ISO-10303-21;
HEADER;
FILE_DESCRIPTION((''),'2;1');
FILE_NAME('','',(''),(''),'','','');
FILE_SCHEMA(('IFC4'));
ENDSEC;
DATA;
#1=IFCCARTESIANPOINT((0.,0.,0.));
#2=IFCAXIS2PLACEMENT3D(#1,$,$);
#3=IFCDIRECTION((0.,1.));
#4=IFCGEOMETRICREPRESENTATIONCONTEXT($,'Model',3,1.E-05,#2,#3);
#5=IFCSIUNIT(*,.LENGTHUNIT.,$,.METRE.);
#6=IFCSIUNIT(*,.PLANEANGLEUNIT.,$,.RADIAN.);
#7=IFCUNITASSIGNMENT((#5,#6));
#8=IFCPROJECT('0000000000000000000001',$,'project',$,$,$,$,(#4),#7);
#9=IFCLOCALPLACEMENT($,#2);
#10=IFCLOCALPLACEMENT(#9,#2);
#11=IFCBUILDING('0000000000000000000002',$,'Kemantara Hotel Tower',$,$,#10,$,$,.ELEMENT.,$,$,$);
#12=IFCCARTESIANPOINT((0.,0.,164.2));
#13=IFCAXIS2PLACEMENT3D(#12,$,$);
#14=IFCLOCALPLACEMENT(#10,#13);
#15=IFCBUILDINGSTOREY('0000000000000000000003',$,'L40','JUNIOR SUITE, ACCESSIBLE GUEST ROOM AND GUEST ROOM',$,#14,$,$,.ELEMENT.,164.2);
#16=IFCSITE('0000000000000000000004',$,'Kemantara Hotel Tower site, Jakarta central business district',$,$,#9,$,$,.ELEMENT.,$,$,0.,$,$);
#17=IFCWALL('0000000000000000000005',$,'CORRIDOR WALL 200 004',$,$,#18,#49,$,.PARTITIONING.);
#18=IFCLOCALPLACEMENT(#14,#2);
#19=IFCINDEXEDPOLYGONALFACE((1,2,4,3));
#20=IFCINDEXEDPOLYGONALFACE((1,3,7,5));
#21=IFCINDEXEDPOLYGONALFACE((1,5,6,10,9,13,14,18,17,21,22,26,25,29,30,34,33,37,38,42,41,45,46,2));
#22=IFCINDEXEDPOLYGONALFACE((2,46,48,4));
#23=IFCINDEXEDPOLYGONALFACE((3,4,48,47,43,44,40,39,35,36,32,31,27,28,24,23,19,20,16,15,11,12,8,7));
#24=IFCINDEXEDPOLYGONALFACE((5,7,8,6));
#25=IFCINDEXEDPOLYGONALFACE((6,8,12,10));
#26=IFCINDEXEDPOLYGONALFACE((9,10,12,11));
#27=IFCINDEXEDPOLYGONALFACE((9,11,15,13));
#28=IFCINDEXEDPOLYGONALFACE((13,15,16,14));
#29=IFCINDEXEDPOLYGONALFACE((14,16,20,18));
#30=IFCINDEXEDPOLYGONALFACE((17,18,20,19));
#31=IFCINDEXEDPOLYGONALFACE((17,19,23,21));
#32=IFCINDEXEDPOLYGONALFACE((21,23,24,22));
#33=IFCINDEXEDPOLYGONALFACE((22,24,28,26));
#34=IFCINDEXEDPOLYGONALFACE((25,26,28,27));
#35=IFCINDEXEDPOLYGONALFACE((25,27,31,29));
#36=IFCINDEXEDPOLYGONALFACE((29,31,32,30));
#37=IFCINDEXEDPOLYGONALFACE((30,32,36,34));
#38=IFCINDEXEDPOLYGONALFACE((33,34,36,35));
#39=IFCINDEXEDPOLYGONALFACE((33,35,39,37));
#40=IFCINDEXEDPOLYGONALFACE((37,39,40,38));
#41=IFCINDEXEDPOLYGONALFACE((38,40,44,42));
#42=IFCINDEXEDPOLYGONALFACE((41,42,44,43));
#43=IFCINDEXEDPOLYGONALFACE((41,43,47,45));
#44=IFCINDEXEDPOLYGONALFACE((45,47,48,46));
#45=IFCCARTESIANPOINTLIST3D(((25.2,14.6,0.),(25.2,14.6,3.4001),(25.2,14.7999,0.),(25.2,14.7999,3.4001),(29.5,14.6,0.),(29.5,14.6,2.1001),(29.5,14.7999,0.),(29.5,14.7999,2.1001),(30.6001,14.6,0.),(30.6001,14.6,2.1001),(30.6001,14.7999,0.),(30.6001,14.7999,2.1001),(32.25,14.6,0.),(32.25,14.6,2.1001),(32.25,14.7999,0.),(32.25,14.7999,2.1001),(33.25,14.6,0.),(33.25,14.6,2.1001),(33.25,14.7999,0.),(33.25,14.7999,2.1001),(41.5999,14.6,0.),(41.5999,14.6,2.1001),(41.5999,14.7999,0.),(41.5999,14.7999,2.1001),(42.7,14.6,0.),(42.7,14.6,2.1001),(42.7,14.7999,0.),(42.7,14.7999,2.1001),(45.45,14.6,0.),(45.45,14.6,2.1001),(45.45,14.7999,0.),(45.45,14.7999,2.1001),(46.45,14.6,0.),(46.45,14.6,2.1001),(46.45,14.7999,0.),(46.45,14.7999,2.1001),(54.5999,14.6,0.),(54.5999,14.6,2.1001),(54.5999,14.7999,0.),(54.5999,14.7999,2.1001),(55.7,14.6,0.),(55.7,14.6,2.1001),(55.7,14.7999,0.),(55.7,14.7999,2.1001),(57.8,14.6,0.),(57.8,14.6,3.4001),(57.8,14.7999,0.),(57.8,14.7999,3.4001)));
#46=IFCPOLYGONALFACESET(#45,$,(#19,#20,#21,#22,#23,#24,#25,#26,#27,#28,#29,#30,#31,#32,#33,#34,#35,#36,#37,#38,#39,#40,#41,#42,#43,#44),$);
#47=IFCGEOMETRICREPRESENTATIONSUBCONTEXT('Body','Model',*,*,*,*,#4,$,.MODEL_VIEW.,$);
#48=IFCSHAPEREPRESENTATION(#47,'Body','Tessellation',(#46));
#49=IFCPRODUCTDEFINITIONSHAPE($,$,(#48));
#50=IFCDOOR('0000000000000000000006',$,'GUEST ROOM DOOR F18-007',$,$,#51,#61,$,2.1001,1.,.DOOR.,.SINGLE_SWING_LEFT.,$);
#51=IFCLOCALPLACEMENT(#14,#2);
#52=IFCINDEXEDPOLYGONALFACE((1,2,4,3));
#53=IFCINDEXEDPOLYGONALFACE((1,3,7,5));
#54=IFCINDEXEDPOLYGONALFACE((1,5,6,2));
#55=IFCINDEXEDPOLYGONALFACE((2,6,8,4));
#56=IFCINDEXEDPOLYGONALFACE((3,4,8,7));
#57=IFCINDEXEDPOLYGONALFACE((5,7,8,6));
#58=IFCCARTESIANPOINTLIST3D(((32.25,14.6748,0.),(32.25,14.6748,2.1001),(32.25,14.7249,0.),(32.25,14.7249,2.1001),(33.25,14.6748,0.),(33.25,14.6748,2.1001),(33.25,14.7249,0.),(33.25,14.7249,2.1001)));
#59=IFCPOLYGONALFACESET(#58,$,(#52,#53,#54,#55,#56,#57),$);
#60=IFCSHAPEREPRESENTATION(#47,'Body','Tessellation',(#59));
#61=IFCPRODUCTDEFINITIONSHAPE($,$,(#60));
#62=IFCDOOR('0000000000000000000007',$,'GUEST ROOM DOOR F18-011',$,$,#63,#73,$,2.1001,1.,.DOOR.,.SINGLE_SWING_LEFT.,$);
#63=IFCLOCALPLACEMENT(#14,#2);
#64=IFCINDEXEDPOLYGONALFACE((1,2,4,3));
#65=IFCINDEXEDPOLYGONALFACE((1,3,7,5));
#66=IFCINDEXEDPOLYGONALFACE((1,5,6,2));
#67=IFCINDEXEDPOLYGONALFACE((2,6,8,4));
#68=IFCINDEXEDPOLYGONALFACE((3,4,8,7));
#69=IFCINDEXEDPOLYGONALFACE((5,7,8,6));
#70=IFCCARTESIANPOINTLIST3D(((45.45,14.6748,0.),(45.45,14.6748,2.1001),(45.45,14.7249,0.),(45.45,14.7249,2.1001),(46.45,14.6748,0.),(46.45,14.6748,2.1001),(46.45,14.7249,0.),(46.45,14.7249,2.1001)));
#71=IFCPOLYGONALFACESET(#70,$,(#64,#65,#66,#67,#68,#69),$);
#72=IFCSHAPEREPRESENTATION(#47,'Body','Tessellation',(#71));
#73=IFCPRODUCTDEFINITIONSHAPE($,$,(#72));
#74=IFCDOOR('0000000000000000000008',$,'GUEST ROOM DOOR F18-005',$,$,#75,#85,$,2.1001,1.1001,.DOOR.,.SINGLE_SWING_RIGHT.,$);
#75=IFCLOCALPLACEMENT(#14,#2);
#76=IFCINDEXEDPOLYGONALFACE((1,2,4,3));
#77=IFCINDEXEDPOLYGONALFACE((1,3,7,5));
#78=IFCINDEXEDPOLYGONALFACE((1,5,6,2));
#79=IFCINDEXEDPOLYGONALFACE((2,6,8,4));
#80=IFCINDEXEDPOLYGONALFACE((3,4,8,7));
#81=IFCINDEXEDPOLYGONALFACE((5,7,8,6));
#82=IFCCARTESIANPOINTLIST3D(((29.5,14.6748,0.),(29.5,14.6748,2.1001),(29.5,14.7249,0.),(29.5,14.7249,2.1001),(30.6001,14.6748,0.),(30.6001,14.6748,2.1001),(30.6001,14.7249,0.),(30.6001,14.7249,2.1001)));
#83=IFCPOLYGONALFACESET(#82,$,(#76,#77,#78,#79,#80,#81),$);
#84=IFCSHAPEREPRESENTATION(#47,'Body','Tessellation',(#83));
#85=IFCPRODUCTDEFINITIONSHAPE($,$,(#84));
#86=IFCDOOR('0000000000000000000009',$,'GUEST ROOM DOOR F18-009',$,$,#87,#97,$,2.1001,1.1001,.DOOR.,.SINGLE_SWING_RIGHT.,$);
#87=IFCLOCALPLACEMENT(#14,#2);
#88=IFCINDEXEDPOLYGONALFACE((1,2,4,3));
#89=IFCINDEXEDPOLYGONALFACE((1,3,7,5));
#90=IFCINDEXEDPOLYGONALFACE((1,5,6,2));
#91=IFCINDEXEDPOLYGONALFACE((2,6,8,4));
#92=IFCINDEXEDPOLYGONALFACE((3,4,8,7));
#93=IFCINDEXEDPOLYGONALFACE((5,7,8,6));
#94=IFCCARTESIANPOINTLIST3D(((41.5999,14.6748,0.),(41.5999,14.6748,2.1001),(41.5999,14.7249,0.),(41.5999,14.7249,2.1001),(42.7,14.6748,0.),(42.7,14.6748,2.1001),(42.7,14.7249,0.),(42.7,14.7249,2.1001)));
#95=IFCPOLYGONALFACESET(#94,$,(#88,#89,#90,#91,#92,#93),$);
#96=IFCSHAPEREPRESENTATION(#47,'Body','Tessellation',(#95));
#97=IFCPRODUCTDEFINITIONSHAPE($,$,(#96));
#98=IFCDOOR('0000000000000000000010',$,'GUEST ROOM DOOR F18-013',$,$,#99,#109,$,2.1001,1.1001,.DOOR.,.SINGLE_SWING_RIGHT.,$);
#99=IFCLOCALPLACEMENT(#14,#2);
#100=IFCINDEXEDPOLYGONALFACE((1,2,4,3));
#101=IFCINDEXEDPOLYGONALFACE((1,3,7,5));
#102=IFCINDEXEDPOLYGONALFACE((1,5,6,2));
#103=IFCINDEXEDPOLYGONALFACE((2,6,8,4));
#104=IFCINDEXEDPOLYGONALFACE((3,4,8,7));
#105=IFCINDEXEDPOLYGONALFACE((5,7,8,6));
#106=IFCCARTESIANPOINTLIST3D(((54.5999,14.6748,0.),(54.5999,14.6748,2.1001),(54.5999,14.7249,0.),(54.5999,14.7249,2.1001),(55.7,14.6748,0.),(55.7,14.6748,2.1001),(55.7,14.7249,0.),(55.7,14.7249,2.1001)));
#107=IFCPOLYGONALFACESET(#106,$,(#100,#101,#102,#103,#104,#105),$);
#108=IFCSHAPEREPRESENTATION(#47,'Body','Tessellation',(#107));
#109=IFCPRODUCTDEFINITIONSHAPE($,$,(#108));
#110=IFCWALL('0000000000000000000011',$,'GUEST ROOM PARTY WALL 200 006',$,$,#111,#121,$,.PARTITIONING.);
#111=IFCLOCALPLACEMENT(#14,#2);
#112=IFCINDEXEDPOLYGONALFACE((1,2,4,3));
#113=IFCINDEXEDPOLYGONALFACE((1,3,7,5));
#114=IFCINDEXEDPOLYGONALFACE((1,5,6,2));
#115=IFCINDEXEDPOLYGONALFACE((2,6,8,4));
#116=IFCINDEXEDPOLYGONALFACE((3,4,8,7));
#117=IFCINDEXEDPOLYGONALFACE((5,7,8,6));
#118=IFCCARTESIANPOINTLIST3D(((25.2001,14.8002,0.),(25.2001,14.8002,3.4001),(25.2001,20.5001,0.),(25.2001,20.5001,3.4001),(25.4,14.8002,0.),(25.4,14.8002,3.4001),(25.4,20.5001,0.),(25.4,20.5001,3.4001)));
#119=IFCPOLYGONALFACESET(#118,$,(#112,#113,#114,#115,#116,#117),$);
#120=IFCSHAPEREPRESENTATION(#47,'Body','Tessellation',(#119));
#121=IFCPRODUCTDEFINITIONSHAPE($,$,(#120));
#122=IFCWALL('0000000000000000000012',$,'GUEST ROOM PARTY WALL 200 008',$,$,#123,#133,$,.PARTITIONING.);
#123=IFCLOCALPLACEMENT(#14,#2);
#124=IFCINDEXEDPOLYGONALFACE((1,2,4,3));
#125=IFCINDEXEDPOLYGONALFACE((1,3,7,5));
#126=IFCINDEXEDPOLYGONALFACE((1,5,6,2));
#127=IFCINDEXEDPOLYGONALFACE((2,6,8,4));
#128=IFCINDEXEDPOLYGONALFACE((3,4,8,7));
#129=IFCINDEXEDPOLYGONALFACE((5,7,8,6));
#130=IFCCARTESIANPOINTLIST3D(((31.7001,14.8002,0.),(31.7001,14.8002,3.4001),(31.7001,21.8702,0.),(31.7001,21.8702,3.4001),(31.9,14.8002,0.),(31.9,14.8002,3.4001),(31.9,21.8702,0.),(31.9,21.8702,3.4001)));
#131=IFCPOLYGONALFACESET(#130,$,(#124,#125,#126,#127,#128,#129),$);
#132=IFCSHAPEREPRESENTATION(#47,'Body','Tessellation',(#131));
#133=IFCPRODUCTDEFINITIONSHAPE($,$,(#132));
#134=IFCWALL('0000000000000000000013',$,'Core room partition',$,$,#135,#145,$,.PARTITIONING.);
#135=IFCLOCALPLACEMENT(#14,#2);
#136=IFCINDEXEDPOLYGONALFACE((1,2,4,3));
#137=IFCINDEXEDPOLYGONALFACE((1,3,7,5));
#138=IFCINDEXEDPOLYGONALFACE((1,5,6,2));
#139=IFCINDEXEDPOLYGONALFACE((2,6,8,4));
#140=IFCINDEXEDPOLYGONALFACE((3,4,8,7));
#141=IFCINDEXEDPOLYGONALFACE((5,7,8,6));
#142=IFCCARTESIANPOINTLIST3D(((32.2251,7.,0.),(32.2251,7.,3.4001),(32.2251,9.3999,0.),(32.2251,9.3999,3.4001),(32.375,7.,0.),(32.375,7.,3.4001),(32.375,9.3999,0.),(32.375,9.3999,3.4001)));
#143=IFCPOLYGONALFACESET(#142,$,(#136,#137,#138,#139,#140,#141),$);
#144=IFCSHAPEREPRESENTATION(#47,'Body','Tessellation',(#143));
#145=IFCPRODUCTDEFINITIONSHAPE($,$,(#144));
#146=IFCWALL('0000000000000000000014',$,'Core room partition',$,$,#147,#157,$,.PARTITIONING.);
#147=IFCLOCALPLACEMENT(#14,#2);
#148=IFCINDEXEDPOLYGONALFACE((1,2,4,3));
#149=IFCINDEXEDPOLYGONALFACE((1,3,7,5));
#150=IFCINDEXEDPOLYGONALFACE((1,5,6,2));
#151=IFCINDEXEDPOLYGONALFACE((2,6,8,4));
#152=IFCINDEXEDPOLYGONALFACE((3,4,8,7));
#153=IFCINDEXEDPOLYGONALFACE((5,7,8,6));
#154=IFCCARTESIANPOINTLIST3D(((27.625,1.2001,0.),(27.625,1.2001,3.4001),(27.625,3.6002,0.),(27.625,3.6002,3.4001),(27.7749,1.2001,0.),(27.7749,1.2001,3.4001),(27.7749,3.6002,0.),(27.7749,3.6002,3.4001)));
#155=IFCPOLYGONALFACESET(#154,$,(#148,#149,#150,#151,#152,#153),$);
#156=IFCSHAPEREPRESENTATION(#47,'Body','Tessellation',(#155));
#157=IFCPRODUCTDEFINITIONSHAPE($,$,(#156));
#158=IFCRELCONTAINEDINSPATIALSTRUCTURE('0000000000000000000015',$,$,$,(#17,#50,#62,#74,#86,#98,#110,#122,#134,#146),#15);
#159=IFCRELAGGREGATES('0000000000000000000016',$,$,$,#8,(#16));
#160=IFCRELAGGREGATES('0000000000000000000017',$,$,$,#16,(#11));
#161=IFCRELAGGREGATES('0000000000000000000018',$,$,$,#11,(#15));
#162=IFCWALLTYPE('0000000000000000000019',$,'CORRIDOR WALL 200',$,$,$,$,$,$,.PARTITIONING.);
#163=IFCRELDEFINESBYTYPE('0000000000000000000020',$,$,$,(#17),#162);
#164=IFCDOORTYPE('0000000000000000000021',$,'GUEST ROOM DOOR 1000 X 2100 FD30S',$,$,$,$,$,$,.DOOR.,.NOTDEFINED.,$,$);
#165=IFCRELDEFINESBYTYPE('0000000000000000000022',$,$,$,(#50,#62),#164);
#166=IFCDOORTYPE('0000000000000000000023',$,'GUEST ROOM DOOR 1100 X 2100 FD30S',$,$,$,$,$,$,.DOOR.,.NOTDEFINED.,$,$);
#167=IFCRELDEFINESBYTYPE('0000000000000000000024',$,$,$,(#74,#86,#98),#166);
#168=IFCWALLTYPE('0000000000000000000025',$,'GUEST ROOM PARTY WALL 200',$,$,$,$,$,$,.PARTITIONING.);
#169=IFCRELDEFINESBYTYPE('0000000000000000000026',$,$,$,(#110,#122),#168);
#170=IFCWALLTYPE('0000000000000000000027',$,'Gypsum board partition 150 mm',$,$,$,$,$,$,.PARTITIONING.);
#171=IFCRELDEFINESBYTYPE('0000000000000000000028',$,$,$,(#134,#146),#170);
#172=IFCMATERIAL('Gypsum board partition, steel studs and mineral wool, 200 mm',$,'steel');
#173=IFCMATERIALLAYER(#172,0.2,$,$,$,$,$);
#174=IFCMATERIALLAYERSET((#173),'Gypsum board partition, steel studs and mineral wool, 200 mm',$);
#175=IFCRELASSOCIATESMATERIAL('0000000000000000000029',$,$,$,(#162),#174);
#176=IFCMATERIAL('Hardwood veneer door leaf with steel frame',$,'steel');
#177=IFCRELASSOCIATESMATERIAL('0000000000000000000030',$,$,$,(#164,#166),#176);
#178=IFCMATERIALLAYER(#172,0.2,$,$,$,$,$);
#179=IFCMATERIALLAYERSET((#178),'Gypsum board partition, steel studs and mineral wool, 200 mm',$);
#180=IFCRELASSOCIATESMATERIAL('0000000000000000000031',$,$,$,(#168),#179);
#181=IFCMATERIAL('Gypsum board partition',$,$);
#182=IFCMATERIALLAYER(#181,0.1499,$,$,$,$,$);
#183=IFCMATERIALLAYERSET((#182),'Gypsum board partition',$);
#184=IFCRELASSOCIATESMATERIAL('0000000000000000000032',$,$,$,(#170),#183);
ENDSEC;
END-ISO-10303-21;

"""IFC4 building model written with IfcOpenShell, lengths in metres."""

from ifc_helpers import new_model, si_unit, direction, frame, frame_2d, origin, place, context, subcontext, project, spatial, rectangle, extrude, material, layer, layer_set, type_object, element, fill, save


model = new_model("IFC4")

# Units and contexts
model_context = context("Model", 3, precision=1e-05, world=origin(), true_north=direction((0.0, 1.0)))
body_context = subcontext(model_context, "Body", "Model", "MODEL_VIEW")
ifc_project = project(units=[si_unit("LENGTHUNIT", "METRE"), si_unit("PLANEANGLEUNIT", "RADIAN")], contexts=[model_context])

# Site, building, storey
site_placement = place(None, origin())
site = spatial("IfcSite", under=ifc_project, at=site_placement, Name="Kemantara Hotel Tower site, Jakarta central business district", CompositionType="ELEMENT", RefElevation=0.0)
building_placement = place(site_placement, origin())
building = spatial("IfcBuilding", under=site, at=building_placement, Name="Kemantara Hotel Tower", CompositionType="ELEMENT")
storey_placement = place(building_placement, frame((0.0, 0.0, 164.2)))
storey = spatial("IfcBuildingStorey", under=building, at=storey_placement, Name="L40", Description="JUNIOR SUITE, ACCESSIBLE GUEST ROOM AND GUEST ROOM", CompositionType="ELEMENT", Elevation=164.2)

# Wall, openings, doors
ifc_material_1 = material(Name="Gypsum board partition, steel studs and mineral wool, 200 mm", Category="steel")
ifc_layer_1 = layer(ifc_material_1, 0.2)
ifc_layer_set_1 = layer_set([ifc_layer_1], Name="Gypsum board partition, steel studs and mineral wool, 200 mm")
wall_type_1 = type_object("IfcWallType", Name="CORRIDOR WALL 200", PredefinedType="PARTITIONING", material=ifc_layer_set_1)
wall_1_placement = place(storey_placement, frame((25.2, 14.7, 0.0), z_axis=(0.0, 0.0, 1.0), x_axis=(1.0, 0.0, 0.0)))
wall_1 = element("IfcWall", 1, at=wall_1_placement, inside=storey, type_object=wall_type_1, Name="CORRIDOR WALL 200 004", PredefinedType="PARTITIONING", context=body_context, shape_type="SweptSolid", body=[
    extrude(rectangle(XDim=32.6001, YDim=0.2, at=frame_2d((16.3, 0.0))), origin(), (0.0, 0.0, 1.0), 3.4001),
])
opening_1_placement = place(wall_1_placement, frame((4.3, 0.0, 0.0)))
opening_1 = element("IfcOpeningElement", 2, at=opening_1_placement, cuts=wall_1, PredefinedType="OPENING", context=body_context, shape_type="SweptSolid", body=[
    extrude(rectangle(XDim=1.1001, YDim=2.1001, at=frame_2d((0.55, 1.05))), frame((0.0, 0.1099, 0.0), z_axis=(0.0, -1.0, 0.0), x_axis=(1.0, 0.0, 0.0)), (0.0, 0.0, 1.0), 0.22),
])
opening_2_placement = place(wall_1_placement, frame((7.05, 0.0, 0.0)))
opening_2 = element("IfcOpeningElement", 3, at=opening_2_placement, cuts=wall_1, PredefinedType="OPENING", context=body_context, shape_type="SweptSolid", body=[
    extrude(rectangle(XDim=1.0, YDim=2.1001, at=frame_2d((0.5, 1.05))), frame((0.0, 0.1099, 0.0), z_axis=(0.0, -1.0, 0.0), x_axis=(1.0, 0.0, 0.0)), (0.0, 0.0, 1.0), 0.22),
])
opening_3_placement = place(wall_1_placement, frame((16.3999, 0.0, 0.0)))
opening_3 = element("IfcOpeningElement", 4, at=opening_3_placement, cuts=wall_1, PredefinedType="OPENING", context=body_context, shape_type="SweptSolid", body=[
    extrude(rectangle(XDim=1.1001, YDim=2.1001, at=frame_2d((0.55, 1.05))), frame((0.0, 0.1099, 0.0), z_axis=(0.0, -1.0, 0.0), x_axis=(1.0, 0.0, 0.0)), (0.0, 0.0, 1.0), 0.22),
])
opening_4_placement = place(wall_1_placement, frame((20.25, 0.0, 0.0)))
opening_4 = element("IfcOpeningElement", 5, at=opening_4_placement, cuts=wall_1, PredefinedType="OPENING", context=body_context, shape_type="SweptSolid", body=[
    extrude(rectangle(XDim=1.0, YDim=2.1001, at=frame_2d((0.5, 1.05))), frame((0.0, 0.1099, 0.0), z_axis=(0.0, -1.0, 0.0), x_axis=(1.0, 0.0, 0.0)), (0.0, 0.0, 1.0), 0.22),
])
opening_5_placement = place(wall_1_placement, frame((29.3999, 0.0, 0.0)))
opening_5 = element("IfcOpeningElement", 6, at=opening_5_placement, cuts=wall_1, PredefinedType="OPENING", context=body_context, shape_type="SweptSolid", body=[
    extrude(rectangle(XDim=1.1001, YDim=2.1001, at=frame_2d((0.55, 1.05))), frame((0.0, 0.1099, 0.0), z_axis=(0.0, -1.0, 0.0), x_axis=(1.0, 0.0, 0.0)), (0.0, 0.0, 1.0), 0.22),
])
ifc_material_2 = material(Name="Hardwood veneer door leaf with steel frame", Category="steel")
door_type_1 = type_object("IfcDoorType", Name="GUEST ROOM DOOR 1000 X 2100 FD30S", OperationType="NOTDEFINED", PredefinedType="DOOR", material=ifc_material_2)
door_1_placement = place(opening_2_placement, origin())
door_1 = element("IfcDoor", 7, at=door_1_placement, inside=storey, type_object=door_type_1, Name="GUEST ROOM DOOR F18-007", OperationType="SINGLE_SWING_LEFT", OverallHeight=2.1001, OverallWidth=1.0, PredefinedType="DOOR", context=body_context, shape_type="SweptSolid", body=[
    extrude(rectangle(XDim=1.0, YDim=2.1001, at=frame_2d((0.5, 1.05))), frame((0.0, 0.0249, 0.0), z_axis=(0.0, -1.0, 0.0), x_axis=(1.0, 0.0, 0.0)), (0.0, 0.0, 1.0), 0.05),
])
fill(opening_2, door_1)
door_2_placement = place(opening_4_placement, origin())
door_2 = element("IfcDoor", 8, at=door_2_placement, inside=storey, type_object=door_type_1, Name="GUEST ROOM DOOR F18-011", OperationType="SINGLE_SWING_LEFT", OverallHeight=2.1001, OverallWidth=1.0, PredefinedType="DOOR", context=body_context, shape_type="SweptSolid", body=[
    extrude(rectangle(XDim=1.0, YDim=2.1001, at=frame_2d((0.5, 1.05))), frame((0.0, 0.0249, 0.0), z_axis=(0.0, -1.0, 0.0), x_axis=(1.0, 0.0, 0.0)), (0.0, 0.0, 1.0), 0.05),
])
fill(opening_4, door_2)
door_type_2 = type_object("IfcDoorType", Name="GUEST ROOM DOOR 1100 X 2100 FD30S", OperationType="NOTDEFINED", PredefinedType="DOOR", material=ifc_material_2)
door_3_placement = place(opening_1_placement, origin())
door_3 = element("IfcDoor", 9, at=door_3_placement, inside=storey, type_object=door_type_2, Name="GUEST ROOM DOOR F18-005", OperationType="SINGLE_SWING_RIGHT", OverallHeight=2.1001, OverallWidth=1.1001, PredefinedType="DOOR", context=body_context, shape_type="SweptSolid", body=[
    extrude(rectangle(XDim=1.1001, YDim=2.1001, at=frame_2d((0.55, 1.05))), frame((0.0, 0.0249, 0.0), z_axis=(0.0, -1.0, 0.0), x_axis=(1.0, 0.0, 0.0)), (0.0, 0.0, 1.0), 0.05),
])
fill(opening_1, door_3)
door_4_placement = place(opening_3_placement, origin())
door_4 = element("IfcDoor", 10, at=door_4_placement, inside=storey, type_object=door_type_2, Name="GUEST ROOM DOOR F18-009", OperationType="SINGLE_SWING_RIGHT", OverallHeight=2.1001, OverallWidth=1.1001, PredefinedType="DOOR", context=body_context, shape_type="SweptSolid", body=[
    extrude(rectangle(XDim=1.1001, YDim=2.1001, at=frame_2d((0.55, 1.05))), frame((0.0, 0.0249, 0.0), z_axis=(0.0, -1.0, 0.0), x_axis=(1.0, 0.0, 0.0)), (0.0, 0.0, 1.0), 0.05),
])
fill(opening_3, door_4)
door_5_placement = place(opening_5_placement, origin())
door_5 = element("IfcDoor", 11, at=door_5_placement, inside=storey, type_object=door_type_2, Name="GUEST ROOM DOOR F18-013", OperationType="SINGLE_SWING_RIGHT", OverallHeight=2.1001, OverallWidth=1.1001, PredefinedType="DOOR", context=body_context, shape_type="SweptSolid", body=[
    extrude(rectangle(XDim=1.1001, YDim=2.1001, at=frame_2d((0.55, 1.05))), frame((0.0, 0.0249, 0.0), z_axis=(0.0, -1.0, 0.0), x_axis=(1.0, 0.0, 0.0)), (0.0, 0.0, 1.0), 0.05),
])
fill(opening_5, door_5)

# Walls
ifc_layer_2 = layer(ifc_material_1, 0.2)
ifc_layer_set_2 = layer_set([ifc_layer_2], Name="Gypsum board partition, steel studs and mineral wool, 200 mm")
wall_type_2 = type_object("IfcWallType", Name="GUEST ROOM PARTY WALL 200", PredefinedType="PARTITIONING", material=ifc_layer_set_2)
wall_2_placement = place(storey_placement, frame((25.3, 14.8, 0.0), z_axis=(0.0, 0.0, 1.0), x_axis=(0.0, 1.0, 0.0)))
element("IfcWall", 12, at=wall_2_placement, inside=storey, type_object=wall_type_2, Name="GUEST ROOM PARTY WALL 200 006", PredefinedType="PARTITIONING", context=body_context, shape_type="SweptSolid", body=[
    extrude(rectangle(XDim=5.7, YDim=0.2, at=frame_2d((2.8501, 0.0))), origin(), (0.0, 0.0, 1.0), 3.4001),
])
wall_3_placement = place(storey_placement, frame((31.8, 14.8, 0.0), z_axis=(0.0, 0.0, 1.0), x_axis=(0.0, 1.0, 0.0)))
element("IfcWall", 13, at=wall_3_placement, inside=storey, type_object=wall_type_2, Name="GUEST ROOM PARTY WALL 200 008", PredefinedType="PARTITIONING", context=body_context, shape_type="SweptSolid", body=[
    extrude(rectangle(XDim=7.0701, YDim=0.2, at=frame_2d((3.5352, 0.0))), origin(), (0.0, 0.0, 1.0), 3.4001),
])
ifc_material_3 = material(Name="Gypsum board partition")
ifc_layer_3 = layer(ifc_material_3, 0.1499)
ifc_layer_set_3 = layer_set([ifc_layer_3], Name="Gypsum board partition")
wall_type_3 = type_object("IfcWallType", Name="Gypsum board partition 150 mm", PredefinedType="PARTITIONING", material=ifc_layer_set_3)
wall_4_placement = place(storey_placement, frame((32.3, 7.0, 0.0), z_axis=(0.0, 0.0, 1.0), x_axis=(0.0, 1.0, 0.0)))
element("IfcWall", 14, at=wall_4_placement, inside=storey, type_object=wall_type_3, Name="Core room partition", PredefinedType="PARTITIONING", context=body_context, shape_type="SweptSolid", body=[
    extrude(rectangle(XDim=2.3999, YDim=0.1499, at=frame_2d((1.2, 0.0))), origin(), (0.0, 0.0, 1.0), 3.4001),
])
wall_5_placement = place(storey_placement, frame((27.7, 1.2, 0.0), z_axis=(0.0, 0.0, 1.0), x_axis=(0.0, 1.0, 0.0)))
element("IfcWall", 15, at=wall_5_placement, inside=storey, type_object=wall_type_3, Name="Core room partition", PredefinedType="PARTITIONING", context=body_context, shape_type="SweptSolid", body=[
    extrude(rectangle(XDim=2.4001, YDim=0.1499, at=frame_2d((1.2002, 0.0))), origin(), (0.0, 0.0, 1.0), 3.4001),
])

save(model, "model.ifc")
